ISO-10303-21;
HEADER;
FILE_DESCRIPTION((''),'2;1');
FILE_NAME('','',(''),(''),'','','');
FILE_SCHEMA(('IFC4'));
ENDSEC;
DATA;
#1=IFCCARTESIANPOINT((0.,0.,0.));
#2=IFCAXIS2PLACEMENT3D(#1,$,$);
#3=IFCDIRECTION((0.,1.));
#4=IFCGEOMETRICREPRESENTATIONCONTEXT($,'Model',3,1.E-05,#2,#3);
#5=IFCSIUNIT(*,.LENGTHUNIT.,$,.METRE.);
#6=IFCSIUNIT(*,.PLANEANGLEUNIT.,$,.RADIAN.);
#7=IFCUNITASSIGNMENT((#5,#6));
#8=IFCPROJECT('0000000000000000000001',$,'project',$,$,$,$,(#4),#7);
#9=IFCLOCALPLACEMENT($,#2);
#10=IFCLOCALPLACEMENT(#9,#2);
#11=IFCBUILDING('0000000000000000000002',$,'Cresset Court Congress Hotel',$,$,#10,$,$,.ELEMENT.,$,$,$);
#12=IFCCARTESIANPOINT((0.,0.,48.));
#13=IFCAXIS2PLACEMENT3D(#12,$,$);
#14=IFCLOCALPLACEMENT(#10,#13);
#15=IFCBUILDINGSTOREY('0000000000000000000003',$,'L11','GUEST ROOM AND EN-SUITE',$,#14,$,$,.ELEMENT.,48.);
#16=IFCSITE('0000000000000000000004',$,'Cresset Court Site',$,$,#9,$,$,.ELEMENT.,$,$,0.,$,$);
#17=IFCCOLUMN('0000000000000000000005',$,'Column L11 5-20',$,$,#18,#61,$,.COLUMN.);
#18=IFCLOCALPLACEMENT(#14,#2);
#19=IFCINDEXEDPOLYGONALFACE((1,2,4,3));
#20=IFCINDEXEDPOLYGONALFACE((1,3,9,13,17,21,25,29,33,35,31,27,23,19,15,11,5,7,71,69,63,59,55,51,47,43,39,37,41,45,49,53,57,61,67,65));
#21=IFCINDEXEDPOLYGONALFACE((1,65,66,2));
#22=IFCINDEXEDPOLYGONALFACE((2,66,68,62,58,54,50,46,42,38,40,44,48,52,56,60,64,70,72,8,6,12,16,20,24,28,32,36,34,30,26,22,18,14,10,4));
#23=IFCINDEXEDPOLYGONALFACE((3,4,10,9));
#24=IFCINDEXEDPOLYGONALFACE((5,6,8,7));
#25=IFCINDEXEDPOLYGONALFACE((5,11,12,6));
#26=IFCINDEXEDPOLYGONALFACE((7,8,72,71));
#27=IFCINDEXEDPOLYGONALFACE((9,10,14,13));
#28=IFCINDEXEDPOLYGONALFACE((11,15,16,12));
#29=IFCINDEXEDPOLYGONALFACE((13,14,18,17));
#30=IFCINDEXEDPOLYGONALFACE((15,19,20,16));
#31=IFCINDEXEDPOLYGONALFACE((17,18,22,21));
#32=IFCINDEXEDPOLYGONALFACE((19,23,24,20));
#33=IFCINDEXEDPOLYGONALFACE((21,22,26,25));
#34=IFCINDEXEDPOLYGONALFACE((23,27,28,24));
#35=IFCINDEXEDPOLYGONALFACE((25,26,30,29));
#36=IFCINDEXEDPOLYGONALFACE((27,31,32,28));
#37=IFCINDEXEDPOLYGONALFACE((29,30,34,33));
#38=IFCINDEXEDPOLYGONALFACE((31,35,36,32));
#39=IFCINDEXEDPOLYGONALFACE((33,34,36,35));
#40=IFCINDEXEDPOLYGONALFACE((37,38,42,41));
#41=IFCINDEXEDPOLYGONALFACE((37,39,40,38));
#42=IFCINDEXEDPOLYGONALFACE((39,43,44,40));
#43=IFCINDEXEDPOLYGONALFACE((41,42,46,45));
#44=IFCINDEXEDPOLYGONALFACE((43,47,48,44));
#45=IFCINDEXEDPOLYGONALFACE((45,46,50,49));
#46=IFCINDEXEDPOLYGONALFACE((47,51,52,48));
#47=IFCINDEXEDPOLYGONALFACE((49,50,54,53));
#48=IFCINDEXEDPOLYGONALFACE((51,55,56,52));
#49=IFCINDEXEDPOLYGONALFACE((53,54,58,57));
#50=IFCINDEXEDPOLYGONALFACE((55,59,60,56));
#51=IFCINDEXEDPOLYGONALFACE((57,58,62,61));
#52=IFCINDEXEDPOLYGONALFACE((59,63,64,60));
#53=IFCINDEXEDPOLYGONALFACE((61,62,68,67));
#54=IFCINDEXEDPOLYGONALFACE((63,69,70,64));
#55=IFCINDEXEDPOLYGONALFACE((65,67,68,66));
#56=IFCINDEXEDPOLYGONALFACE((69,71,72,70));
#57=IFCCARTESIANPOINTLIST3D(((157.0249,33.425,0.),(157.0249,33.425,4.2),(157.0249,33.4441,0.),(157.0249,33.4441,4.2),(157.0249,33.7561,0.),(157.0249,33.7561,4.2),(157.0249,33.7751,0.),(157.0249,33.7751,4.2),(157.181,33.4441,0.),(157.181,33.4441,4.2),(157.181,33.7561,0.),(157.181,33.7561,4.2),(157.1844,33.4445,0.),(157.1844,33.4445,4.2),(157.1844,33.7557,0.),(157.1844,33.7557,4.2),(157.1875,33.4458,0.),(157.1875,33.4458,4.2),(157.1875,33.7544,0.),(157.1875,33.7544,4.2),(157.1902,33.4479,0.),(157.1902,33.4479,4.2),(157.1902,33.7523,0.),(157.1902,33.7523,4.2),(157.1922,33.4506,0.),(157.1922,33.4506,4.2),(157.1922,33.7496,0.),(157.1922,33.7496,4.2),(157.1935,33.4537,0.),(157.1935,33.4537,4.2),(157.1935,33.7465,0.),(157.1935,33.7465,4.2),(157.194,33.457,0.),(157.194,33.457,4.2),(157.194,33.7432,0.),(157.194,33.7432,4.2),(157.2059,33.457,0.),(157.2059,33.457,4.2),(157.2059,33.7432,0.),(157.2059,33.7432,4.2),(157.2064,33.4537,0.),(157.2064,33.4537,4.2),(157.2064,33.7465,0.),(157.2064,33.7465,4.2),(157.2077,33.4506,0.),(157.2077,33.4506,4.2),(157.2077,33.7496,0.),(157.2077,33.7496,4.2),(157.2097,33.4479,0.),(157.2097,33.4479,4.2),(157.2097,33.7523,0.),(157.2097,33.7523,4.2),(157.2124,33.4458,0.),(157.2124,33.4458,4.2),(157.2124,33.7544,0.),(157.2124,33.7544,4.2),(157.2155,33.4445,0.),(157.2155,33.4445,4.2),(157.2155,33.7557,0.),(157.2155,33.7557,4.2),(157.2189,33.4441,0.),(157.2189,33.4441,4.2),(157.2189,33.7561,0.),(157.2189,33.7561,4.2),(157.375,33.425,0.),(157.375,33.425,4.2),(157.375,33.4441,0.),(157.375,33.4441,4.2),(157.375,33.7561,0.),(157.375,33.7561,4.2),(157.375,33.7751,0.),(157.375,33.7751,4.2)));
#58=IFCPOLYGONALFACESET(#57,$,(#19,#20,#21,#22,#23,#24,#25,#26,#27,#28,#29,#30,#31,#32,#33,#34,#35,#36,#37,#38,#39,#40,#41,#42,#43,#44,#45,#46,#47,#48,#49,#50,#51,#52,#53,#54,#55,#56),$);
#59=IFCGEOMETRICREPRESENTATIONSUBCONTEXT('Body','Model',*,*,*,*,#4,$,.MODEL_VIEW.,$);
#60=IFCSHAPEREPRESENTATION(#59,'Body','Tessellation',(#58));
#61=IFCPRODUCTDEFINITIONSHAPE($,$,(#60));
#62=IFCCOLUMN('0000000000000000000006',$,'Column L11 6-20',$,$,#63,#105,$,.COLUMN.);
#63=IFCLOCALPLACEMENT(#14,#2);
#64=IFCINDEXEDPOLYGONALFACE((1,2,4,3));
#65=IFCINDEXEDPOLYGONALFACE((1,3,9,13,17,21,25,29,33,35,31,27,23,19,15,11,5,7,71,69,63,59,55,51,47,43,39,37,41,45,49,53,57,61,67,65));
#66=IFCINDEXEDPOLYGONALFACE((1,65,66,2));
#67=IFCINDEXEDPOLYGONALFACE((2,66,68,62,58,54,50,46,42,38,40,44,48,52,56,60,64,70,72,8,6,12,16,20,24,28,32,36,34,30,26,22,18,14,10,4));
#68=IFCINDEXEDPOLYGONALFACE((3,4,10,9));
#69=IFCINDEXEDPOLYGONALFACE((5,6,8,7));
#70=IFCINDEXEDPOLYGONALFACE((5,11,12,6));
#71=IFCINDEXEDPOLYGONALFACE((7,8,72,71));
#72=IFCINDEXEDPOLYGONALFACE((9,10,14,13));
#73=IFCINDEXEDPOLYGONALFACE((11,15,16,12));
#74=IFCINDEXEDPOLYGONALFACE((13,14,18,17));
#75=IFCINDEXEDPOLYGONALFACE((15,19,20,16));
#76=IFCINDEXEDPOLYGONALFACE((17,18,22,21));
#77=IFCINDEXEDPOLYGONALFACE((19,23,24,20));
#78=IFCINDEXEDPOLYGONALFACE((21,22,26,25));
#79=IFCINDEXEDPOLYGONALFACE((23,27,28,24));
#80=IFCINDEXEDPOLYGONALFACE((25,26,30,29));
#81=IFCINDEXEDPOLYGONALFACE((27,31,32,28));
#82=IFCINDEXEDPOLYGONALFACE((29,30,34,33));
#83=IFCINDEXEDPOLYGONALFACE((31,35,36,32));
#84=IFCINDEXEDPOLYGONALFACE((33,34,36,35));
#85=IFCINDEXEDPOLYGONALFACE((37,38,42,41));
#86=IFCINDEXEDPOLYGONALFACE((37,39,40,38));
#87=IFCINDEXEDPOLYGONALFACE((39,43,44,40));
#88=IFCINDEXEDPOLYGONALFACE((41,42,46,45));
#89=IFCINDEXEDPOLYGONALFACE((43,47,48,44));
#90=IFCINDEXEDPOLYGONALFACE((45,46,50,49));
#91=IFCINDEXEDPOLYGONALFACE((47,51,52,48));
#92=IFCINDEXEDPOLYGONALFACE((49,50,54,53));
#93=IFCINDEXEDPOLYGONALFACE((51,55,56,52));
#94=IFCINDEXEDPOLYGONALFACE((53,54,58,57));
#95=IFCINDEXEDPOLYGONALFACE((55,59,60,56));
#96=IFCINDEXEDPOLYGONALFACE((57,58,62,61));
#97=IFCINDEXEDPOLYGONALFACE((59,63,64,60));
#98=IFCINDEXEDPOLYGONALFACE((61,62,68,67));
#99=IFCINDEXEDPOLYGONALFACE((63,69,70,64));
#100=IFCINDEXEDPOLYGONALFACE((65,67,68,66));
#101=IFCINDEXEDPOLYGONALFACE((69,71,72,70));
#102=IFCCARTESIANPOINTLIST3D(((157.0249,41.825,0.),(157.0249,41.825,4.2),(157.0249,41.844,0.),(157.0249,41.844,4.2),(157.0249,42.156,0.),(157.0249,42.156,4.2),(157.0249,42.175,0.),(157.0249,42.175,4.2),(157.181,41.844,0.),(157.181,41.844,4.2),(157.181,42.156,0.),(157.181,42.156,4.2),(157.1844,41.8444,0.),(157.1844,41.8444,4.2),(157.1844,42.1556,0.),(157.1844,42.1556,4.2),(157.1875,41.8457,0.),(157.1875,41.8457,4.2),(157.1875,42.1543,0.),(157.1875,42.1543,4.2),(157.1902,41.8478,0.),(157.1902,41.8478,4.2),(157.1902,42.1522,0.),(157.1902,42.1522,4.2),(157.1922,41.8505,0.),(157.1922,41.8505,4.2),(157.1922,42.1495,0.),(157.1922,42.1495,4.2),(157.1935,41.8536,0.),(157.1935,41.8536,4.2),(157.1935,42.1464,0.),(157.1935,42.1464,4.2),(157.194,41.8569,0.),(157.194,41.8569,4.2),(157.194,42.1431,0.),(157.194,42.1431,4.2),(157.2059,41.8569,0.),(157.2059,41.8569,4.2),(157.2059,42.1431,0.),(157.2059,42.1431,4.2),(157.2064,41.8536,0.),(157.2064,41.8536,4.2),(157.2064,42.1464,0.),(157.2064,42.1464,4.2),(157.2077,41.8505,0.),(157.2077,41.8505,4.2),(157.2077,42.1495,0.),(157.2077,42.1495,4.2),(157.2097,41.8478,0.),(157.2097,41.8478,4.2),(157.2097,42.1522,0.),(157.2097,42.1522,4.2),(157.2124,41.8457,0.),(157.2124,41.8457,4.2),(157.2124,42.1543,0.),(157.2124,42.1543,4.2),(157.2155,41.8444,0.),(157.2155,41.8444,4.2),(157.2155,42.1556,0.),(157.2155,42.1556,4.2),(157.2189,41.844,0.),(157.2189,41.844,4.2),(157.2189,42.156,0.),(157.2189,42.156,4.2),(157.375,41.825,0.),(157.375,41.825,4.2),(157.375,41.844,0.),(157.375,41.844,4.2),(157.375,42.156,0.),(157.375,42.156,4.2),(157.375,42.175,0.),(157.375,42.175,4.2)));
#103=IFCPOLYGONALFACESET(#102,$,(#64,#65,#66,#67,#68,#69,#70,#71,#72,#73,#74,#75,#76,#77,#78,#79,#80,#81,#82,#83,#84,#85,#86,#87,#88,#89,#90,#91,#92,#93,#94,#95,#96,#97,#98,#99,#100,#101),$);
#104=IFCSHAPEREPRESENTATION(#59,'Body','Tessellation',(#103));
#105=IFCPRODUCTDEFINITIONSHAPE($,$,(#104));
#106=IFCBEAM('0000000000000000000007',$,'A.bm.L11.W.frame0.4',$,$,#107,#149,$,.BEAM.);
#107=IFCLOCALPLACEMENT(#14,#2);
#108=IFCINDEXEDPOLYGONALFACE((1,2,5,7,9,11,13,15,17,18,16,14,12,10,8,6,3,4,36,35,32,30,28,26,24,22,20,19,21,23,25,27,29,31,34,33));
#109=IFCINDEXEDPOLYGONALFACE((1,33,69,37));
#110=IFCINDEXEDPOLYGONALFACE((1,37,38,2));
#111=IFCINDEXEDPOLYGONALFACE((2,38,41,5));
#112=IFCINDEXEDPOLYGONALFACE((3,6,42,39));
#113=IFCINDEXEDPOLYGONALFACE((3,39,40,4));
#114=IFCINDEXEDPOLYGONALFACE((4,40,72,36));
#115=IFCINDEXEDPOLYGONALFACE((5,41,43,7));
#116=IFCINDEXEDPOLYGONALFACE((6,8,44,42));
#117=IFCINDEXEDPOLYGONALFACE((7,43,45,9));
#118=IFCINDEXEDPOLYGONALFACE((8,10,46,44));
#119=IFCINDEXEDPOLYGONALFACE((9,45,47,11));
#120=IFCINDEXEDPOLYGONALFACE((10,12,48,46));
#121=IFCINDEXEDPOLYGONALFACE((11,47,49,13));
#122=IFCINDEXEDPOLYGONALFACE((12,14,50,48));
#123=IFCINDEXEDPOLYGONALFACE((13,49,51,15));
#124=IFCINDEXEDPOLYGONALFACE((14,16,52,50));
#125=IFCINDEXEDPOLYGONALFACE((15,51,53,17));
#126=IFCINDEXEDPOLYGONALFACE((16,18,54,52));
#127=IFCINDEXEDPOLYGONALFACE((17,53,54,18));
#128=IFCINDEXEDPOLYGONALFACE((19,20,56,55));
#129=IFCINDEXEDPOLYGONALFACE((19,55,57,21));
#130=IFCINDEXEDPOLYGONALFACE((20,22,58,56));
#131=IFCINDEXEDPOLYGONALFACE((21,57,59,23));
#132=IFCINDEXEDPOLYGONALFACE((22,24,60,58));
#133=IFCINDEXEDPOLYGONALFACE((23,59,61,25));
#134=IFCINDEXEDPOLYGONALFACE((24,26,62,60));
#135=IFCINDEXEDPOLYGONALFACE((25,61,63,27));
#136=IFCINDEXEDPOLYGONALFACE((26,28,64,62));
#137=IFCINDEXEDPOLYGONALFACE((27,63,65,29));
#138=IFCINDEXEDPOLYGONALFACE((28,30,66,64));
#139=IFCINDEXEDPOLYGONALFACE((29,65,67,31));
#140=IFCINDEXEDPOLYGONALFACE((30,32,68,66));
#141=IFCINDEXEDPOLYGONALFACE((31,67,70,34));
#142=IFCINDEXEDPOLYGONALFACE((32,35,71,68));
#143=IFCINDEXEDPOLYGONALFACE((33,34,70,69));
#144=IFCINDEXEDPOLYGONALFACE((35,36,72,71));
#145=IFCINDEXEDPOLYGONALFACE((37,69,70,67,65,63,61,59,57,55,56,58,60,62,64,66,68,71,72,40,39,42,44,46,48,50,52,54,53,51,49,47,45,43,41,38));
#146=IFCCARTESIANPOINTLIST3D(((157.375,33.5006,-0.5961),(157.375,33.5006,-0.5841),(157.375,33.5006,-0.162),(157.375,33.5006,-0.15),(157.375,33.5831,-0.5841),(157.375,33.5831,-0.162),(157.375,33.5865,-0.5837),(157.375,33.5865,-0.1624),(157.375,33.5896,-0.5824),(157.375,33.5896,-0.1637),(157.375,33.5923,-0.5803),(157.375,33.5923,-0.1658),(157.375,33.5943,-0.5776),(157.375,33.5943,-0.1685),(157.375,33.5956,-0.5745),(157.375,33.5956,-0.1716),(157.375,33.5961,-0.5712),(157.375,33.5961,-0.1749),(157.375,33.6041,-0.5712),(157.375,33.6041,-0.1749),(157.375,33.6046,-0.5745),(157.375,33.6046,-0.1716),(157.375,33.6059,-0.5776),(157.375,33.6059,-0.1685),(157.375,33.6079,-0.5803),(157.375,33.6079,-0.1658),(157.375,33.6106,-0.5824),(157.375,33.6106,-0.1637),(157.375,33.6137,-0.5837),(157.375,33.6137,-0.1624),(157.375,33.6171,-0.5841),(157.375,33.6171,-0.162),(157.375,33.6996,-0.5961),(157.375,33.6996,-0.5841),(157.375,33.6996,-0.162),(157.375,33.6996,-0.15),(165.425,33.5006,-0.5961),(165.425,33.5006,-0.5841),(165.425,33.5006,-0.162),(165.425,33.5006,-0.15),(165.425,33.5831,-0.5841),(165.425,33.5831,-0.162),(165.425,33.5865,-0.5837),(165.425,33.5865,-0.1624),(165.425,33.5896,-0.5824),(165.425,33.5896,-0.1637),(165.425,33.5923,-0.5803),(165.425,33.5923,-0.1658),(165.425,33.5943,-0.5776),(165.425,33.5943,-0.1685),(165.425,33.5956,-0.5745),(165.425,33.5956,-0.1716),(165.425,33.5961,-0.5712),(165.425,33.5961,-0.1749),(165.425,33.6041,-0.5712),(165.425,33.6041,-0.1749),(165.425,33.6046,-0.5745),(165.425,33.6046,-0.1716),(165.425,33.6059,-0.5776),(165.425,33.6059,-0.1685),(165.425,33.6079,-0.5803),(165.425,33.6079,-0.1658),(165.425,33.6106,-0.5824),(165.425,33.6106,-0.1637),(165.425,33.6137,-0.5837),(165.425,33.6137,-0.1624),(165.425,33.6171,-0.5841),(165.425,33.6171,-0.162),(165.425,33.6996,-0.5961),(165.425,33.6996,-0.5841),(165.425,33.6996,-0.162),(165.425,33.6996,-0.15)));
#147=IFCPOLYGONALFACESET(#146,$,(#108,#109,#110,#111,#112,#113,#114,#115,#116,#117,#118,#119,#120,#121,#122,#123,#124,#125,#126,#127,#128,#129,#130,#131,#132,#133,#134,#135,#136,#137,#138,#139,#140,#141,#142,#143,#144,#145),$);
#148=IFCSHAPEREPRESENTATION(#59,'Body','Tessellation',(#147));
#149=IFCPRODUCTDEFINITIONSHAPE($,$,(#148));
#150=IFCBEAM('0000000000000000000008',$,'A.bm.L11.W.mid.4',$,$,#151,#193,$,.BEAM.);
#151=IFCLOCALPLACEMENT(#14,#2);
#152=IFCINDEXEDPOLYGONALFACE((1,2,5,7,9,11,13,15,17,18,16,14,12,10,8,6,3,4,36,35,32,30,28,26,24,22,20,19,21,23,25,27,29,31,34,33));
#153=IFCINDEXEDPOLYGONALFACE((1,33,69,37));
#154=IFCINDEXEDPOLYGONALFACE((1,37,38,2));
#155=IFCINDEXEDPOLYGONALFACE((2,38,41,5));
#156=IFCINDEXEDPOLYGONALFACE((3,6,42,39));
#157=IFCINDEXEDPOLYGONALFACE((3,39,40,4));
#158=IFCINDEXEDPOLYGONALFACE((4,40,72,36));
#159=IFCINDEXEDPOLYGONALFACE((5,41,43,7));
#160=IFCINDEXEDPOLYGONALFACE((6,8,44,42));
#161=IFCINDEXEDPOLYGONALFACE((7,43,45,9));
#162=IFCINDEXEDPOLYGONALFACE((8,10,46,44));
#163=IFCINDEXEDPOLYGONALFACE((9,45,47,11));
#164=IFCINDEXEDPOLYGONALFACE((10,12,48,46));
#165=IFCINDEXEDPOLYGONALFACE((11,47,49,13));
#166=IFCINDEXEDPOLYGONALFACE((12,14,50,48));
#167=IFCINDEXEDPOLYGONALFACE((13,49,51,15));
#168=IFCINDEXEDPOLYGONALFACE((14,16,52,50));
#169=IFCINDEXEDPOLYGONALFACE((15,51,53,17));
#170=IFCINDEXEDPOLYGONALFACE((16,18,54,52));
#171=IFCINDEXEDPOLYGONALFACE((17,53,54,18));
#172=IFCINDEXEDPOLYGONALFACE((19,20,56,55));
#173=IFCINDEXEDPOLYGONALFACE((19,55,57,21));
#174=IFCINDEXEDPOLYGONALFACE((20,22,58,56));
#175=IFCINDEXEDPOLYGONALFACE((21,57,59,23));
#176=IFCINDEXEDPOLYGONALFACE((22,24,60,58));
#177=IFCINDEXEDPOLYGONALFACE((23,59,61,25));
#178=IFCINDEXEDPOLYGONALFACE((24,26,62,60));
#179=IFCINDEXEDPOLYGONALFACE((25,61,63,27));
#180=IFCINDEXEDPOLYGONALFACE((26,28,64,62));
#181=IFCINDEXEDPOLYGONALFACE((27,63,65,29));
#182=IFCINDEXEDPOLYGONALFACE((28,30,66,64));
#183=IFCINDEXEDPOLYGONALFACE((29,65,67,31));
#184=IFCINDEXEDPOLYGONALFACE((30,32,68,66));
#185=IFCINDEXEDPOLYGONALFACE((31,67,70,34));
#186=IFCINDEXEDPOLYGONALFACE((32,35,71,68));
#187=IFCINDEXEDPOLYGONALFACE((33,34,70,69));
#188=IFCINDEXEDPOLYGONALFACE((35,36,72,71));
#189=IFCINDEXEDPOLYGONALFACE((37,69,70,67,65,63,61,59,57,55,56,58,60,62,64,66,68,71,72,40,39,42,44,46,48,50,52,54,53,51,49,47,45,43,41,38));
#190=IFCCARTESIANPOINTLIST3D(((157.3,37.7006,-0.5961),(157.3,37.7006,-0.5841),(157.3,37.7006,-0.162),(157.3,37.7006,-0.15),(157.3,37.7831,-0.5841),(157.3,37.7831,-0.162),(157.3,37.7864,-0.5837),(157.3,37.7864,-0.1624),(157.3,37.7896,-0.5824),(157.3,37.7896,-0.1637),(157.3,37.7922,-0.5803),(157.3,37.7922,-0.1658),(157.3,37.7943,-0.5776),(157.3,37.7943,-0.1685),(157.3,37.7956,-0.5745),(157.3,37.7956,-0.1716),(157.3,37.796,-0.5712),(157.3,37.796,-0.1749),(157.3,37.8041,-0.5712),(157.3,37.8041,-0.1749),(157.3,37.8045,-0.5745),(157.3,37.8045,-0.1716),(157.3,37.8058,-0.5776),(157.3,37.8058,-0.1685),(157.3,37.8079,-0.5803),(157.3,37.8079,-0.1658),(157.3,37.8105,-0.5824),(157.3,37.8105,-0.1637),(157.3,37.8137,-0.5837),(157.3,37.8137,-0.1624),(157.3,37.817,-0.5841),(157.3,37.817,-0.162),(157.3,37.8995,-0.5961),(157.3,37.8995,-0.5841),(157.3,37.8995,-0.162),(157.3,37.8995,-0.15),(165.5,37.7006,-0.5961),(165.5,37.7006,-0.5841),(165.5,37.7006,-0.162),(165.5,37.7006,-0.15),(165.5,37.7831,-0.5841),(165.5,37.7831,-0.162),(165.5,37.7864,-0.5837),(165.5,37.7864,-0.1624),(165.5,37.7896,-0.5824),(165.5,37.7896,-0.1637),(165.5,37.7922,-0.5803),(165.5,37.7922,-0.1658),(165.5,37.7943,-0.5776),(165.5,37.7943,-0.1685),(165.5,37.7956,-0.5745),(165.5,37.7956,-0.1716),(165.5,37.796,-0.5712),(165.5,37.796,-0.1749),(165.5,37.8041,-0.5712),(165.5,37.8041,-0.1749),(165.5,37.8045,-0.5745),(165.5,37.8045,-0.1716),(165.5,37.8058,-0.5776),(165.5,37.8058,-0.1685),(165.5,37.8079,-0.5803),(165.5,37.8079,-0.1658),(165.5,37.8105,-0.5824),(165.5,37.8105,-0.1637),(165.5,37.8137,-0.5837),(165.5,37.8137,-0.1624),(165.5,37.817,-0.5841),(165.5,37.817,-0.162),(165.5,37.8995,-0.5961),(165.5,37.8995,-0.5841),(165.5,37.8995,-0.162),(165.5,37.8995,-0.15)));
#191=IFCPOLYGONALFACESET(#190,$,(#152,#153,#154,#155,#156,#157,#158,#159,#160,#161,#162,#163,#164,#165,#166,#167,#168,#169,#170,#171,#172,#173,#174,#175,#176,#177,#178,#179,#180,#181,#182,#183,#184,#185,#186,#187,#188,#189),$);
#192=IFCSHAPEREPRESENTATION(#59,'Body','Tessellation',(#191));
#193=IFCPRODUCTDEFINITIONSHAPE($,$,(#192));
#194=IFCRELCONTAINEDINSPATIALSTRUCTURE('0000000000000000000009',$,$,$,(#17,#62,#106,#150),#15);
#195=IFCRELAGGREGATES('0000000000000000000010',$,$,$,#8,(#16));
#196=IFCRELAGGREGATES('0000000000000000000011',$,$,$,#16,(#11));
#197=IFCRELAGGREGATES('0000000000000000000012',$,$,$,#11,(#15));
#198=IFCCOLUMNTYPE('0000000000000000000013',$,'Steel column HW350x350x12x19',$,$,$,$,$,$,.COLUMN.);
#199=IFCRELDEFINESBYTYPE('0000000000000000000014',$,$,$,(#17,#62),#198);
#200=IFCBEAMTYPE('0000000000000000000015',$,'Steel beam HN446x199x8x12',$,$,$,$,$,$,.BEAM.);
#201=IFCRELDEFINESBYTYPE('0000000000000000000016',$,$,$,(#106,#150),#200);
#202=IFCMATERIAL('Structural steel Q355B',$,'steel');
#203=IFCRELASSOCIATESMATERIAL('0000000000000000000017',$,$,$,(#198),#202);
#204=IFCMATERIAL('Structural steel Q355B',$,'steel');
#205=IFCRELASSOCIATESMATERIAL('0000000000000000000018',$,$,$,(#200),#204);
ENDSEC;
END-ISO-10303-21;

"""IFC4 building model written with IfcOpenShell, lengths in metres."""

from ifc_helpers import new_model, si_unit, direction, frame, origin, origin_2d, place, context, subcontext, project, spatial, i_section, extrude, material, material_profile, profile_set, type_object, element, save


model = new_model("IFC4")

# Units and contexts
model_context = context("Model", 3, precision=1e-05, world=origin(), true_north=direction((0.0, 1.0)))
body_context = subcontext(model_context, "Body", "Model", "MODEL_VIEW")
ifc_project = project(units=[si_unit("LENGTHUNIT", "METRE"), si_unit("PLANEANGLEUNIT", "RADIAN")], contexts=[model_context])

# Site, building, storey
site_placement = place(None, origin())
site = spatial("IfcSite", under=ifc_project, at=site_placement, Name="Cresset Court Site", CompositionType="ELEMENT", RefElevation=0.0)
building_placement = place(site_placement, origin())
building = spatial("IfcBuilding", under=site, at=building_placement, Name="Cresset Court Congress Hotel", CompositionType="ELEMENT")
storey_placement = place(building_placement, frame((0.0, 0.0, 48.0)))
storey = spatial("IfcBuildingStorey", under=building, at=storey_placement, Name="L11", Description="GUEST ROOM AND EN-SUITE", CompositionType="ELEMENT", Elevation=48.0)

# Columns
ifc_material_1 = material(Name="Structural steel Q355B", Category="steel")
ifc_material_profile_1 = material_profile(ifc_material_1, i_section(OverallWidth=0.3501, OverallDepth=0.3501, WebThickness=0.012, FlangeThickness=0.019, FilletRadius=0.0129, at=origin_2d()), Name="HW350x350x12x19")
ifc_profile_set_1 = profile_set([ifc_material_profile_1], Name="Structural steel Q355B")
column_type = type_object("IfcColumnType", Name="Steel column HW350x350x12x19", PredefinedType="COLUMN", material=ifc_profile_set_1)
for number, where, z_axis, x_axis, name in (
    (1, (157.2, 33.6001, 0.0), (0.0, 0.0, 1.0), (1.0, 0.0, 0.0), "Column L11 5-20"),
    (2, (157.2, 42.0, 0.0), (0.0, 0.0, 1.0), (1.0, 0.0, 0.0), "Column L11 6-20"),
):
    element("IfcColumn", number, at=place(storey_placement, frame(where, z_axis=z_axis, x_axis=x_axis)), inside=storey, type_object=column_type, Name=name, PredefinedType="COLUMN", context=body_context, shape_type="SweptSolid", body=[
        extrude(i_section(OverallWidth=0.3501, OverallDepth=0.3501, WebThickness=0.012, FlangeThickness=0.019, FilletRadius=0.0129, at=origin_2d()), origin(), (0.0, 0.0, 1.0), 4.2),
    ])

# Beams
ifc_material_2 = material(Name="Structural steel Q355B", Category="steel")
ifc_material_profile_2 = material_profile(ifc_material_2, i_section(OverallWidth=0.199, OverallDepth=0.446, WebThickness=0.0081, FlangeThickness=0.012, FilletRadius=0.0129, at=origin_2d()), Name="HN446x199x8x12")
ifc_profile_set_2 = profile_set([ifc_material_profile_2], Name="Structural steel Q355B")
beam_type_1 = type_object("IfcBeamType", Name="Steel beam HN446x199x8x12", PredefinedType="BEAM", material=ifc_profile_set_2)
beam_1_placement = place(storey_placement, frame((157.375, 33.6001, -0.373), z_axis=(1.0, 0.0, 0.0), x_axis=(0.0, 1.0, 0.0)))
element("IfcBeam", 3, at=beam_1_placement, inside=storey, type_object=beam_type_1, Name="A.bm.L11.W.frame0.4", PredefinedType="BEAM", context=body_context, shape_type="SweptSolid", body=[
    extrude(i_section(OverallWidth=0.199, OverallDepth=0.446, WebThickness=0.0081, FlangeThickness=0.012, FilletRadius=0.0129, at=origin_2d()), origin(), (0.0, 0.0, 1.0), 8.05),
])
beam_2_placement = place(storey_placement, frame((157.3, 37.8, -0.373), z_axis=(1.0, 0.0, 0.0), x_axis=(0.0, 1.0, 0.0)))
element("IfcBeam", 4, at=beam_2_placement, inside=storey, type_object=beam_type_1, Name="A.bm.L11.W.mid.4", PredefinedType="BEAM", context=body_context, shape_type="SweptSolid", body=[
    extrude(i_section(OverallWidth=0.199, OverallDepth=0.446, WebThickness=0.0081, FlangeThickness=0.012, FilletRadius=0.0129, at=origin_2d()), origin(), (0.0, 0.0, 1.0), 8.2),
])

save(model, "model.ifc")
